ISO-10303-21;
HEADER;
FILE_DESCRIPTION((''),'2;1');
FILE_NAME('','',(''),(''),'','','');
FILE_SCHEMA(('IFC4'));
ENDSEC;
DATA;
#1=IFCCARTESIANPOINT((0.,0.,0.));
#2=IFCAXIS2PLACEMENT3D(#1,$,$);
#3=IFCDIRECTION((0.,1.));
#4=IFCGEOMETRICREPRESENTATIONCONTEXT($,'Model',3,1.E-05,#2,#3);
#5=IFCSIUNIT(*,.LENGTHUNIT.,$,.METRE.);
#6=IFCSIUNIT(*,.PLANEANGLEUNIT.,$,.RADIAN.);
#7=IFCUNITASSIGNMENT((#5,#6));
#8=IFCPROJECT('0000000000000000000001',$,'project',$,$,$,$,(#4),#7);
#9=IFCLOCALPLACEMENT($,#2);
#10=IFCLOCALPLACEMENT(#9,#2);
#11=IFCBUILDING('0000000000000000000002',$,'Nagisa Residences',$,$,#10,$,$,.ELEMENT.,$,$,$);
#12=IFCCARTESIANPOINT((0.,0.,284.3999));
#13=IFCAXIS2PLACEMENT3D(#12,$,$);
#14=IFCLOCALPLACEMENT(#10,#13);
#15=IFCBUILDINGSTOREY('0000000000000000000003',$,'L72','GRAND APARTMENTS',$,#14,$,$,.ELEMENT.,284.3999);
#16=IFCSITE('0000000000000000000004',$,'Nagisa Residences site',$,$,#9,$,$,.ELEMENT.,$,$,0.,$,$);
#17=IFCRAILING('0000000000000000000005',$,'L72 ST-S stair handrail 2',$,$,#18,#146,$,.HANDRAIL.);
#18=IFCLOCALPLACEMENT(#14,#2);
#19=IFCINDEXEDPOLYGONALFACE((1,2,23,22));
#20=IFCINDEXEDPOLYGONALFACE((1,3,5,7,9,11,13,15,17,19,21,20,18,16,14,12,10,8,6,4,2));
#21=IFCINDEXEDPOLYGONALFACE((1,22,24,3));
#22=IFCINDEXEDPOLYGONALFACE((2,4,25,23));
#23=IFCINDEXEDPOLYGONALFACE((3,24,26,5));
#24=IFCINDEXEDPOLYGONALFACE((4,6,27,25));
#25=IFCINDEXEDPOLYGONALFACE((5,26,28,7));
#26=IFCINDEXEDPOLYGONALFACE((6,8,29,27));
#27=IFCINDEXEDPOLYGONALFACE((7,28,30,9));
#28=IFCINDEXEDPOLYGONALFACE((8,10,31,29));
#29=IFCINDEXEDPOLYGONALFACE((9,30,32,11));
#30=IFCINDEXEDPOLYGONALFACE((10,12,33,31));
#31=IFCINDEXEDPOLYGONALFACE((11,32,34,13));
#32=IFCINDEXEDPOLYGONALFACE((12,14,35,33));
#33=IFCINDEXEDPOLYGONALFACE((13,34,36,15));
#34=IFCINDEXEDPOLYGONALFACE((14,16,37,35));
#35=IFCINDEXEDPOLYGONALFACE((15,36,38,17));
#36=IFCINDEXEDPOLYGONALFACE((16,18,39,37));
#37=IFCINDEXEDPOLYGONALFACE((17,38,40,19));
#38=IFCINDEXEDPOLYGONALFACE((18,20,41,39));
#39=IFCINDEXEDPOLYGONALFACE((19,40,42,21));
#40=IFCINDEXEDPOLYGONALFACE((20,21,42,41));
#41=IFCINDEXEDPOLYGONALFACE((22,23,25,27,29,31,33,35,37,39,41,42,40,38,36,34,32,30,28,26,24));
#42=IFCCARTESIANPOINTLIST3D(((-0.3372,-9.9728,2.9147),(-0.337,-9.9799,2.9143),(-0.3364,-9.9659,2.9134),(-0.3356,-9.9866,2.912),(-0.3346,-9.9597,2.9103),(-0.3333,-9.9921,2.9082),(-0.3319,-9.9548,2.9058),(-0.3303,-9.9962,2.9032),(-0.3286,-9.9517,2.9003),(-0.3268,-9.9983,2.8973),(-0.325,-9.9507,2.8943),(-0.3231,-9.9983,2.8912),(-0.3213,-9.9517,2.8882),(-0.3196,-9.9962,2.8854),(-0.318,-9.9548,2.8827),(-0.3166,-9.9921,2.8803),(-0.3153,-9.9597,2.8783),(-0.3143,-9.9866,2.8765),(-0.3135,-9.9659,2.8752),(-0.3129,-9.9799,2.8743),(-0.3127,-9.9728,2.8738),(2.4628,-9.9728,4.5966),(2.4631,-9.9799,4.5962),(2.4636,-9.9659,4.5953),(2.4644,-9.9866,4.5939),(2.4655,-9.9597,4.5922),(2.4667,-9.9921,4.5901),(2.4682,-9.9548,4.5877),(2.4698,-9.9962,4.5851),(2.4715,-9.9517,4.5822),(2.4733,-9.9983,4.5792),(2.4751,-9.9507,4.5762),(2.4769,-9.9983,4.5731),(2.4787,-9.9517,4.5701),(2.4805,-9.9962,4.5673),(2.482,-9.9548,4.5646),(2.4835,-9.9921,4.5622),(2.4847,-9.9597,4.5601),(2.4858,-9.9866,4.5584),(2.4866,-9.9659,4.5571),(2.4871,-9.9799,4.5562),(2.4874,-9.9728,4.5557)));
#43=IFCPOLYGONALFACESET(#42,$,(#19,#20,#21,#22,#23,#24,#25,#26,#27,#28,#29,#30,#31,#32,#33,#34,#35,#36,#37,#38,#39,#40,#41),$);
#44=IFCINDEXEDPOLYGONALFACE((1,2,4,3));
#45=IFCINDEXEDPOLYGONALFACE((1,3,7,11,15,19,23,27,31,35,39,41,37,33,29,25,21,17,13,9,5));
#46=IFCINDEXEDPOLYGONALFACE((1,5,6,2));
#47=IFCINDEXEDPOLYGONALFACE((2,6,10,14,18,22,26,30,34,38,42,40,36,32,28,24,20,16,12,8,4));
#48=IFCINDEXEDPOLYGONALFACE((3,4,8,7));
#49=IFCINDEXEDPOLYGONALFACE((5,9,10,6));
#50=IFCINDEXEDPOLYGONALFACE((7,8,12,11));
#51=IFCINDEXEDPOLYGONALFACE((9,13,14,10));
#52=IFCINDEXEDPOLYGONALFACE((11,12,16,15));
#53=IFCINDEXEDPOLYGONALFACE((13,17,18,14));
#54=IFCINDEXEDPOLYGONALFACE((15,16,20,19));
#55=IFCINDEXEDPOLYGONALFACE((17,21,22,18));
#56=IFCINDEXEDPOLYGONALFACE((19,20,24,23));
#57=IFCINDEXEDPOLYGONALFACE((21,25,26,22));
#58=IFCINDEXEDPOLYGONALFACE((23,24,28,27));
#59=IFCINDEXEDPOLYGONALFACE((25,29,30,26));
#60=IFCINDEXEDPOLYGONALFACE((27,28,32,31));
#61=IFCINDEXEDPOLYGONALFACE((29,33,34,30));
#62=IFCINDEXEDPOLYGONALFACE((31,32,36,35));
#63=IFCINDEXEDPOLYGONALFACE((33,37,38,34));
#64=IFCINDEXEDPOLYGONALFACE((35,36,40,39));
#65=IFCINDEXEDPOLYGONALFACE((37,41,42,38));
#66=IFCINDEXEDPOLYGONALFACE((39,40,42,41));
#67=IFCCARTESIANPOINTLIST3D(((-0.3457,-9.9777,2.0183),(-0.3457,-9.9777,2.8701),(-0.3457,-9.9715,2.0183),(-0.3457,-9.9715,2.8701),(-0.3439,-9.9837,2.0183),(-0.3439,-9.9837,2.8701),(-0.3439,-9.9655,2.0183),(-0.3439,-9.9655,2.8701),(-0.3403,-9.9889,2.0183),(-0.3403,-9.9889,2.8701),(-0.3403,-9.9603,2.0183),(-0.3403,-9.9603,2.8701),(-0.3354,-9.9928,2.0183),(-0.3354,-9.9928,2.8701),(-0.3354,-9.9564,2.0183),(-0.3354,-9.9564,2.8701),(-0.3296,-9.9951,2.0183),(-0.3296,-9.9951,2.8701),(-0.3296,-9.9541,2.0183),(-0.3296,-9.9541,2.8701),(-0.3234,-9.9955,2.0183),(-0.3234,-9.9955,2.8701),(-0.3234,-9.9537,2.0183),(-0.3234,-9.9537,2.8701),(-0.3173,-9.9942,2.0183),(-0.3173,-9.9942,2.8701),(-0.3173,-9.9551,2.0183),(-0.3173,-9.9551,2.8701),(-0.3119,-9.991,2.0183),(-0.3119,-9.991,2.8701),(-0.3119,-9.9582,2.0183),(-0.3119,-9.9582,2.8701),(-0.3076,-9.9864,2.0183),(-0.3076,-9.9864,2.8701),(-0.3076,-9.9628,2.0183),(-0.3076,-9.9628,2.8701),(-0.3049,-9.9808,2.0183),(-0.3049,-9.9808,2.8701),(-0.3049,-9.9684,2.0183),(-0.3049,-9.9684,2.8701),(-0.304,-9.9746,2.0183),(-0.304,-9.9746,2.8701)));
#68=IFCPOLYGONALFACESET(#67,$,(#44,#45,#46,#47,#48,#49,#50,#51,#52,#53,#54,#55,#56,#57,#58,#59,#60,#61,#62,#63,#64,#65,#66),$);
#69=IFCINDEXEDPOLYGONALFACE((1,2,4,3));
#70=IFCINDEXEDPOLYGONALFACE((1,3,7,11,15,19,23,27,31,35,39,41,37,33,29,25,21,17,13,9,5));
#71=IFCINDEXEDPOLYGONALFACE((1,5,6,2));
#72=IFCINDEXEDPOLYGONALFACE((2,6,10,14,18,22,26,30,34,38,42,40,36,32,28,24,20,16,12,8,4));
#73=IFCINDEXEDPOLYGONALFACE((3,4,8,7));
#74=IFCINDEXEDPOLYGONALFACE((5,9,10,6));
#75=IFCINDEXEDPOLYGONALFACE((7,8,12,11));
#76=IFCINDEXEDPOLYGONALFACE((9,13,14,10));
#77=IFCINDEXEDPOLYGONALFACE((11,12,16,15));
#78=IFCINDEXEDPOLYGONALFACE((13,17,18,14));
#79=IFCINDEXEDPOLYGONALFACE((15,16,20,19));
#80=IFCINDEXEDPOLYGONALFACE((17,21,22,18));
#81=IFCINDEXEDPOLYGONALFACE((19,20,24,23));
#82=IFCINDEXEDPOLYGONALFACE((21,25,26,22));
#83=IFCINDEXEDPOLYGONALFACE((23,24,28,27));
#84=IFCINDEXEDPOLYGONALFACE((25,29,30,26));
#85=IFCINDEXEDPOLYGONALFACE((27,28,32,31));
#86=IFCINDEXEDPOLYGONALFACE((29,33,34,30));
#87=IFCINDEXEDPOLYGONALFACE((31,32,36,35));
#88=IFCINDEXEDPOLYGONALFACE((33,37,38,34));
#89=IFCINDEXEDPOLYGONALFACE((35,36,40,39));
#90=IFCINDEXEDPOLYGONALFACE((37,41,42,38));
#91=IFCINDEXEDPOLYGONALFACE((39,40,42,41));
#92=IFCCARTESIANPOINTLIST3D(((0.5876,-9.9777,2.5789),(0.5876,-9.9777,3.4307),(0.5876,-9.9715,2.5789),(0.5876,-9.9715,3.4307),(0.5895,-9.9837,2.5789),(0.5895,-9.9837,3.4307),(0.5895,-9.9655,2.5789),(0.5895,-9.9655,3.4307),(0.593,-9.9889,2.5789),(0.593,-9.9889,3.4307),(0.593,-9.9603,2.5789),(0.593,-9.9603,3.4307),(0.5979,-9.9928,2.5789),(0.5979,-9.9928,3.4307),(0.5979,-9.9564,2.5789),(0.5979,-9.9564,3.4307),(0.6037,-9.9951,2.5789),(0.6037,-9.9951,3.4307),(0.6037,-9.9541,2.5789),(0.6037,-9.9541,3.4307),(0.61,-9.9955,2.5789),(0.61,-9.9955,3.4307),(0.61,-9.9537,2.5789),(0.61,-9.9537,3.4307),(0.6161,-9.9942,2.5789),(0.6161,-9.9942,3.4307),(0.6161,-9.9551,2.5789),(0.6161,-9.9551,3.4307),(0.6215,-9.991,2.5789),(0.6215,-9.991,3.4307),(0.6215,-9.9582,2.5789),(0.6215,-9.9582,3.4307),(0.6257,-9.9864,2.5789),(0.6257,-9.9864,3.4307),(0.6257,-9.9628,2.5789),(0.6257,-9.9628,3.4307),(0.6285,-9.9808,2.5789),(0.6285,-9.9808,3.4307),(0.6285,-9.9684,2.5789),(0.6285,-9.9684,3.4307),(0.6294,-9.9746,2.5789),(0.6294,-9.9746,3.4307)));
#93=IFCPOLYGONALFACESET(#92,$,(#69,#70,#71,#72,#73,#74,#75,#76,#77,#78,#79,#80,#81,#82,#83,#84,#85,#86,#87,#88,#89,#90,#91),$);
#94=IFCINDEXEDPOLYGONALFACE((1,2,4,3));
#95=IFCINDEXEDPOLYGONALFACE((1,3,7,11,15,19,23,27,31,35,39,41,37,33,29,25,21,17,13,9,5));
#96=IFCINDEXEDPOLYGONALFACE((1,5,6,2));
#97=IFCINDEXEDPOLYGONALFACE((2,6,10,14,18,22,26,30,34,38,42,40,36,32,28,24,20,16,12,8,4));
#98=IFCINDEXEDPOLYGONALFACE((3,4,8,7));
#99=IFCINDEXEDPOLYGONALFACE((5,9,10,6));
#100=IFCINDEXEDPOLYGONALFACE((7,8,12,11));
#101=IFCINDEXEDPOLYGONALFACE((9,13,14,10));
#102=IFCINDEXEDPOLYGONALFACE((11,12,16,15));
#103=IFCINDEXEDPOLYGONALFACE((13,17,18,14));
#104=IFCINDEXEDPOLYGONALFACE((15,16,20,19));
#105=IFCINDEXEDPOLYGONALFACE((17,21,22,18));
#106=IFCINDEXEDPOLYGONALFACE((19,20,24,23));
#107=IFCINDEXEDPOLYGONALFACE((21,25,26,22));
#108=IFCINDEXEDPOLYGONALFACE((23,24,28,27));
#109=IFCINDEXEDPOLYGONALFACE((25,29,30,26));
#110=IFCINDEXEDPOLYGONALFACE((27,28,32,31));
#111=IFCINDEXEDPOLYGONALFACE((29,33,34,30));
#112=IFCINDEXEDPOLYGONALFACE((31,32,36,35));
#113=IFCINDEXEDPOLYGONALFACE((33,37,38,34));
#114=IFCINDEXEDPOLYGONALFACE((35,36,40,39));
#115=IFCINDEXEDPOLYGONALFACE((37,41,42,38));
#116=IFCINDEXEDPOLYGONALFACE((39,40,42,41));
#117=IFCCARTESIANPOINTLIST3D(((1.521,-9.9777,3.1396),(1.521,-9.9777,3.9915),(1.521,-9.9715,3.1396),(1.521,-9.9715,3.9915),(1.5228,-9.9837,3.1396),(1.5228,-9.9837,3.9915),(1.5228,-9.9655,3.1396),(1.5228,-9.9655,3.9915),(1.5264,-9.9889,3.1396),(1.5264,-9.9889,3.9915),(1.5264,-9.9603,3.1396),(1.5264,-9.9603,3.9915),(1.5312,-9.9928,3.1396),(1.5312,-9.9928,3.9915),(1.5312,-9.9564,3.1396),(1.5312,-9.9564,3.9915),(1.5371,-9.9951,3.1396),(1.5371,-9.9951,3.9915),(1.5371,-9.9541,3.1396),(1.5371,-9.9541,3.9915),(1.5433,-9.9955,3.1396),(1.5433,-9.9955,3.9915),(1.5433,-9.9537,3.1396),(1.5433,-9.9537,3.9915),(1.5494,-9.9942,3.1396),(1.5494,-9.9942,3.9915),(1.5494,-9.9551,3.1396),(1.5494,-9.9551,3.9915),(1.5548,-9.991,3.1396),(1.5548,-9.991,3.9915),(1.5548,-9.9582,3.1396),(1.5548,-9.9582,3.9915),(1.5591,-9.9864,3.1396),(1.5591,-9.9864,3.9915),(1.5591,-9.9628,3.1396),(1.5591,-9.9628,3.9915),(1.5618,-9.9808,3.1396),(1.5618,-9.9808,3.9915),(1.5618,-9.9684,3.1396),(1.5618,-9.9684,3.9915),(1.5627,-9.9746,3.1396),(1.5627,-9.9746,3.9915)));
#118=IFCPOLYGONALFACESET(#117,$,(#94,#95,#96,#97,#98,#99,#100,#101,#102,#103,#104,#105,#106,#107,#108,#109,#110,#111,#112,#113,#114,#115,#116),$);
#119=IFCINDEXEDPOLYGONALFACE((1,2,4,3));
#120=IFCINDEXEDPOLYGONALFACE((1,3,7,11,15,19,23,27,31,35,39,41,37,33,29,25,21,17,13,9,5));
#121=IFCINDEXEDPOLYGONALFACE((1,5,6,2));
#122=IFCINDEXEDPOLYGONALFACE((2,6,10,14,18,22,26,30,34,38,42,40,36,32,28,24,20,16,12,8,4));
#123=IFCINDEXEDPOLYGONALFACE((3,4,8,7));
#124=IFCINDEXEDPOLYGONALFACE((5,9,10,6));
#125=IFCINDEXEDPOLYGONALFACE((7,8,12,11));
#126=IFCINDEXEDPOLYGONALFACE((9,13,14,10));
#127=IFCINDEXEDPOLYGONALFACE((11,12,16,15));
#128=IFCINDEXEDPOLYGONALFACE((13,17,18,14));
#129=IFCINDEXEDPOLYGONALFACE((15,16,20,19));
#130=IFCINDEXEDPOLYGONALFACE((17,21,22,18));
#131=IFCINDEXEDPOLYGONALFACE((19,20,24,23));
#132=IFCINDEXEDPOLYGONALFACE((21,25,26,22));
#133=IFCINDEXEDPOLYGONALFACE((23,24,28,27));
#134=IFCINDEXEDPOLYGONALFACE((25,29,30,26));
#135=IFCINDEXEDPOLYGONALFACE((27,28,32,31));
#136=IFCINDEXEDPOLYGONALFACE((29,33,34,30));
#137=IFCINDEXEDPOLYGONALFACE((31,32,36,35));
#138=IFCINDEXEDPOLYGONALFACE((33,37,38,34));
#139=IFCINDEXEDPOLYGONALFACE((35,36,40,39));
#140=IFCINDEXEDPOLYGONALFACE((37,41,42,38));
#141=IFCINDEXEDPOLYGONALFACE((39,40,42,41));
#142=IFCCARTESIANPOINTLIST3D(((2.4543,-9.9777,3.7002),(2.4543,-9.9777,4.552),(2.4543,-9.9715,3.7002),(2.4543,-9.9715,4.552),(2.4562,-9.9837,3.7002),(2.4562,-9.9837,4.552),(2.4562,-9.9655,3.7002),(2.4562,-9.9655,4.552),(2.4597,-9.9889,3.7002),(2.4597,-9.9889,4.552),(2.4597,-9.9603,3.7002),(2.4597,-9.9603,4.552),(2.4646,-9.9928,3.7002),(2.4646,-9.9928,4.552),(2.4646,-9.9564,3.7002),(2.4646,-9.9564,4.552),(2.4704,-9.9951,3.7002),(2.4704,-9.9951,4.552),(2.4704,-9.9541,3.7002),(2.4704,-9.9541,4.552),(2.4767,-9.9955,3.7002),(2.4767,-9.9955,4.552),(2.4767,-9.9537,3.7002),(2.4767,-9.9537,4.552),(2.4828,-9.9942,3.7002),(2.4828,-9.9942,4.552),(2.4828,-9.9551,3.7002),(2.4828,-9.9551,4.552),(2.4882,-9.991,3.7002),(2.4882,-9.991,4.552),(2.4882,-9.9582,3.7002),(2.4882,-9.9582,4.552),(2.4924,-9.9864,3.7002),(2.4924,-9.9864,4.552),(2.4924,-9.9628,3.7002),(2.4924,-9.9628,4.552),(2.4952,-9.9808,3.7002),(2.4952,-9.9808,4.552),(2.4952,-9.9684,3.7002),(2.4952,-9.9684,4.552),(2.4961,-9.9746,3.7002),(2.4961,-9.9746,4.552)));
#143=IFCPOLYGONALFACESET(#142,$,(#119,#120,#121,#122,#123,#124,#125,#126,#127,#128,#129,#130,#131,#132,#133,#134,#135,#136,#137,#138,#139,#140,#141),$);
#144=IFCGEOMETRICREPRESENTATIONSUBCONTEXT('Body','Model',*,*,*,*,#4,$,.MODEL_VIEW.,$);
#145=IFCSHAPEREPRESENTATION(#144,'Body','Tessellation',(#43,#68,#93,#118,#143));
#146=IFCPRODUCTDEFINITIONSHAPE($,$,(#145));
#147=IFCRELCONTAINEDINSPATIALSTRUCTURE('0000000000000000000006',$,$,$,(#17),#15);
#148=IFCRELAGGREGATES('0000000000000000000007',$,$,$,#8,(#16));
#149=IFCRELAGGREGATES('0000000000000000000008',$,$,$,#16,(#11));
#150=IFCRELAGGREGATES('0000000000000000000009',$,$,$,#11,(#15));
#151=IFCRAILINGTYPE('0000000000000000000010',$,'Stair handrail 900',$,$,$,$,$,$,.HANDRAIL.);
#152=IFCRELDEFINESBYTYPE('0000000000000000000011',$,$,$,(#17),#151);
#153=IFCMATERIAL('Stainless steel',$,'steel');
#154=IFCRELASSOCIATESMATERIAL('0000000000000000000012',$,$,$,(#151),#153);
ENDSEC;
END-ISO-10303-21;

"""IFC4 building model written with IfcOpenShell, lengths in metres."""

from ifc_helpers import new_model, si_unit, direction, frame, origin, origin_2d, place, context, subcontext, project, spatial, circle, extrude, material, type_object, element, save


model = new_model("IFC4")

# Units and contexts
model_context = context("Model", 3, precision=1e-05, world=origin(), true_north=direction((0.0, 1.0)))
body_context = subcontext(model_context, "Body", "Model", "MODEL_VIEW")
ifc_project = project(units=[si_unit("LENGTHUNIT", "METRE"), si_unit("PLANEANGLEUNIT", "RADIAN")], contexts=[model_context])

# Site, building, storey
site_placement = place(None, origin())
site = spatial("IfcSite", under=ifc_project, at=site_placement, Name="Nagisa Residences site", CompositionType="ELEMENT", RefElevation=0.0)
building_placement = place(site_placement, origin())
building = spatial("IfcBuilding", under=site, at=building_placement, Name="Nagisa Residences", CompositionType="ELEMENT")
storey_placement = place(building_placement, frame((0.0, 0.0, 284.3999)))
storey = spatial("IfcBuildingStorey", under=building, at=storey_placement, Name="L72", Description="GRAND APARTMENTS", CompositionType="ELEMENT", Elevation=284.3999)

# Railing
ifc_material_1 = material(Name="Stainless steel", Category="steel")
railing_type = type_object("IfcRailingType", Name="Stair handrail 900", PredefinedType="HANDRAIL", material=ifc_material_1)
railing_placement = place(storey_placement, frame((-0.325, -9.9746, 2.0183)))
element("IfcRailing", 1, at=railing_placement, inside=storey, type_object=railing_type, Name="L72 ST-S stair handrail 2", PredefinedType="HANDRAIL", context=body_context, shape_type="SweptSolid", body=[
    extrude(circle(Radius=0.0239, at=origin_2d()), frame((0.0, 0.0, 0.876), z_axis=(0.857242, 0.0, 0.514913), x_axis=(0.0, 1.0, 0.0)), (0.0, 0.0, 1.0), 3.2664),
    extrude(circle(Radius=0.021, at=origin_2d()), origin(), (0.0, 0.0, 1.0), 0.8518),
    extrude(circle(Radius=0.021, at=origin_2d()), frame((0.9333, 0.0, 0.5605)), (0.0, 0.0, 1.0), 0.8518),
    extrude(circle(Radius=0.021, at=origin_2d()), frame((1.8667, 0.0, 1.1213)), (0.0, 0.0, 1.0), 0.8518),
    extrude(circle(Radius=0.021, at=origin_2d()), frame((2.8, 0.0, 1.6819)), (0.0, 0.0, 1.0), 0.8518),
])

save(model, "model.ifc")
